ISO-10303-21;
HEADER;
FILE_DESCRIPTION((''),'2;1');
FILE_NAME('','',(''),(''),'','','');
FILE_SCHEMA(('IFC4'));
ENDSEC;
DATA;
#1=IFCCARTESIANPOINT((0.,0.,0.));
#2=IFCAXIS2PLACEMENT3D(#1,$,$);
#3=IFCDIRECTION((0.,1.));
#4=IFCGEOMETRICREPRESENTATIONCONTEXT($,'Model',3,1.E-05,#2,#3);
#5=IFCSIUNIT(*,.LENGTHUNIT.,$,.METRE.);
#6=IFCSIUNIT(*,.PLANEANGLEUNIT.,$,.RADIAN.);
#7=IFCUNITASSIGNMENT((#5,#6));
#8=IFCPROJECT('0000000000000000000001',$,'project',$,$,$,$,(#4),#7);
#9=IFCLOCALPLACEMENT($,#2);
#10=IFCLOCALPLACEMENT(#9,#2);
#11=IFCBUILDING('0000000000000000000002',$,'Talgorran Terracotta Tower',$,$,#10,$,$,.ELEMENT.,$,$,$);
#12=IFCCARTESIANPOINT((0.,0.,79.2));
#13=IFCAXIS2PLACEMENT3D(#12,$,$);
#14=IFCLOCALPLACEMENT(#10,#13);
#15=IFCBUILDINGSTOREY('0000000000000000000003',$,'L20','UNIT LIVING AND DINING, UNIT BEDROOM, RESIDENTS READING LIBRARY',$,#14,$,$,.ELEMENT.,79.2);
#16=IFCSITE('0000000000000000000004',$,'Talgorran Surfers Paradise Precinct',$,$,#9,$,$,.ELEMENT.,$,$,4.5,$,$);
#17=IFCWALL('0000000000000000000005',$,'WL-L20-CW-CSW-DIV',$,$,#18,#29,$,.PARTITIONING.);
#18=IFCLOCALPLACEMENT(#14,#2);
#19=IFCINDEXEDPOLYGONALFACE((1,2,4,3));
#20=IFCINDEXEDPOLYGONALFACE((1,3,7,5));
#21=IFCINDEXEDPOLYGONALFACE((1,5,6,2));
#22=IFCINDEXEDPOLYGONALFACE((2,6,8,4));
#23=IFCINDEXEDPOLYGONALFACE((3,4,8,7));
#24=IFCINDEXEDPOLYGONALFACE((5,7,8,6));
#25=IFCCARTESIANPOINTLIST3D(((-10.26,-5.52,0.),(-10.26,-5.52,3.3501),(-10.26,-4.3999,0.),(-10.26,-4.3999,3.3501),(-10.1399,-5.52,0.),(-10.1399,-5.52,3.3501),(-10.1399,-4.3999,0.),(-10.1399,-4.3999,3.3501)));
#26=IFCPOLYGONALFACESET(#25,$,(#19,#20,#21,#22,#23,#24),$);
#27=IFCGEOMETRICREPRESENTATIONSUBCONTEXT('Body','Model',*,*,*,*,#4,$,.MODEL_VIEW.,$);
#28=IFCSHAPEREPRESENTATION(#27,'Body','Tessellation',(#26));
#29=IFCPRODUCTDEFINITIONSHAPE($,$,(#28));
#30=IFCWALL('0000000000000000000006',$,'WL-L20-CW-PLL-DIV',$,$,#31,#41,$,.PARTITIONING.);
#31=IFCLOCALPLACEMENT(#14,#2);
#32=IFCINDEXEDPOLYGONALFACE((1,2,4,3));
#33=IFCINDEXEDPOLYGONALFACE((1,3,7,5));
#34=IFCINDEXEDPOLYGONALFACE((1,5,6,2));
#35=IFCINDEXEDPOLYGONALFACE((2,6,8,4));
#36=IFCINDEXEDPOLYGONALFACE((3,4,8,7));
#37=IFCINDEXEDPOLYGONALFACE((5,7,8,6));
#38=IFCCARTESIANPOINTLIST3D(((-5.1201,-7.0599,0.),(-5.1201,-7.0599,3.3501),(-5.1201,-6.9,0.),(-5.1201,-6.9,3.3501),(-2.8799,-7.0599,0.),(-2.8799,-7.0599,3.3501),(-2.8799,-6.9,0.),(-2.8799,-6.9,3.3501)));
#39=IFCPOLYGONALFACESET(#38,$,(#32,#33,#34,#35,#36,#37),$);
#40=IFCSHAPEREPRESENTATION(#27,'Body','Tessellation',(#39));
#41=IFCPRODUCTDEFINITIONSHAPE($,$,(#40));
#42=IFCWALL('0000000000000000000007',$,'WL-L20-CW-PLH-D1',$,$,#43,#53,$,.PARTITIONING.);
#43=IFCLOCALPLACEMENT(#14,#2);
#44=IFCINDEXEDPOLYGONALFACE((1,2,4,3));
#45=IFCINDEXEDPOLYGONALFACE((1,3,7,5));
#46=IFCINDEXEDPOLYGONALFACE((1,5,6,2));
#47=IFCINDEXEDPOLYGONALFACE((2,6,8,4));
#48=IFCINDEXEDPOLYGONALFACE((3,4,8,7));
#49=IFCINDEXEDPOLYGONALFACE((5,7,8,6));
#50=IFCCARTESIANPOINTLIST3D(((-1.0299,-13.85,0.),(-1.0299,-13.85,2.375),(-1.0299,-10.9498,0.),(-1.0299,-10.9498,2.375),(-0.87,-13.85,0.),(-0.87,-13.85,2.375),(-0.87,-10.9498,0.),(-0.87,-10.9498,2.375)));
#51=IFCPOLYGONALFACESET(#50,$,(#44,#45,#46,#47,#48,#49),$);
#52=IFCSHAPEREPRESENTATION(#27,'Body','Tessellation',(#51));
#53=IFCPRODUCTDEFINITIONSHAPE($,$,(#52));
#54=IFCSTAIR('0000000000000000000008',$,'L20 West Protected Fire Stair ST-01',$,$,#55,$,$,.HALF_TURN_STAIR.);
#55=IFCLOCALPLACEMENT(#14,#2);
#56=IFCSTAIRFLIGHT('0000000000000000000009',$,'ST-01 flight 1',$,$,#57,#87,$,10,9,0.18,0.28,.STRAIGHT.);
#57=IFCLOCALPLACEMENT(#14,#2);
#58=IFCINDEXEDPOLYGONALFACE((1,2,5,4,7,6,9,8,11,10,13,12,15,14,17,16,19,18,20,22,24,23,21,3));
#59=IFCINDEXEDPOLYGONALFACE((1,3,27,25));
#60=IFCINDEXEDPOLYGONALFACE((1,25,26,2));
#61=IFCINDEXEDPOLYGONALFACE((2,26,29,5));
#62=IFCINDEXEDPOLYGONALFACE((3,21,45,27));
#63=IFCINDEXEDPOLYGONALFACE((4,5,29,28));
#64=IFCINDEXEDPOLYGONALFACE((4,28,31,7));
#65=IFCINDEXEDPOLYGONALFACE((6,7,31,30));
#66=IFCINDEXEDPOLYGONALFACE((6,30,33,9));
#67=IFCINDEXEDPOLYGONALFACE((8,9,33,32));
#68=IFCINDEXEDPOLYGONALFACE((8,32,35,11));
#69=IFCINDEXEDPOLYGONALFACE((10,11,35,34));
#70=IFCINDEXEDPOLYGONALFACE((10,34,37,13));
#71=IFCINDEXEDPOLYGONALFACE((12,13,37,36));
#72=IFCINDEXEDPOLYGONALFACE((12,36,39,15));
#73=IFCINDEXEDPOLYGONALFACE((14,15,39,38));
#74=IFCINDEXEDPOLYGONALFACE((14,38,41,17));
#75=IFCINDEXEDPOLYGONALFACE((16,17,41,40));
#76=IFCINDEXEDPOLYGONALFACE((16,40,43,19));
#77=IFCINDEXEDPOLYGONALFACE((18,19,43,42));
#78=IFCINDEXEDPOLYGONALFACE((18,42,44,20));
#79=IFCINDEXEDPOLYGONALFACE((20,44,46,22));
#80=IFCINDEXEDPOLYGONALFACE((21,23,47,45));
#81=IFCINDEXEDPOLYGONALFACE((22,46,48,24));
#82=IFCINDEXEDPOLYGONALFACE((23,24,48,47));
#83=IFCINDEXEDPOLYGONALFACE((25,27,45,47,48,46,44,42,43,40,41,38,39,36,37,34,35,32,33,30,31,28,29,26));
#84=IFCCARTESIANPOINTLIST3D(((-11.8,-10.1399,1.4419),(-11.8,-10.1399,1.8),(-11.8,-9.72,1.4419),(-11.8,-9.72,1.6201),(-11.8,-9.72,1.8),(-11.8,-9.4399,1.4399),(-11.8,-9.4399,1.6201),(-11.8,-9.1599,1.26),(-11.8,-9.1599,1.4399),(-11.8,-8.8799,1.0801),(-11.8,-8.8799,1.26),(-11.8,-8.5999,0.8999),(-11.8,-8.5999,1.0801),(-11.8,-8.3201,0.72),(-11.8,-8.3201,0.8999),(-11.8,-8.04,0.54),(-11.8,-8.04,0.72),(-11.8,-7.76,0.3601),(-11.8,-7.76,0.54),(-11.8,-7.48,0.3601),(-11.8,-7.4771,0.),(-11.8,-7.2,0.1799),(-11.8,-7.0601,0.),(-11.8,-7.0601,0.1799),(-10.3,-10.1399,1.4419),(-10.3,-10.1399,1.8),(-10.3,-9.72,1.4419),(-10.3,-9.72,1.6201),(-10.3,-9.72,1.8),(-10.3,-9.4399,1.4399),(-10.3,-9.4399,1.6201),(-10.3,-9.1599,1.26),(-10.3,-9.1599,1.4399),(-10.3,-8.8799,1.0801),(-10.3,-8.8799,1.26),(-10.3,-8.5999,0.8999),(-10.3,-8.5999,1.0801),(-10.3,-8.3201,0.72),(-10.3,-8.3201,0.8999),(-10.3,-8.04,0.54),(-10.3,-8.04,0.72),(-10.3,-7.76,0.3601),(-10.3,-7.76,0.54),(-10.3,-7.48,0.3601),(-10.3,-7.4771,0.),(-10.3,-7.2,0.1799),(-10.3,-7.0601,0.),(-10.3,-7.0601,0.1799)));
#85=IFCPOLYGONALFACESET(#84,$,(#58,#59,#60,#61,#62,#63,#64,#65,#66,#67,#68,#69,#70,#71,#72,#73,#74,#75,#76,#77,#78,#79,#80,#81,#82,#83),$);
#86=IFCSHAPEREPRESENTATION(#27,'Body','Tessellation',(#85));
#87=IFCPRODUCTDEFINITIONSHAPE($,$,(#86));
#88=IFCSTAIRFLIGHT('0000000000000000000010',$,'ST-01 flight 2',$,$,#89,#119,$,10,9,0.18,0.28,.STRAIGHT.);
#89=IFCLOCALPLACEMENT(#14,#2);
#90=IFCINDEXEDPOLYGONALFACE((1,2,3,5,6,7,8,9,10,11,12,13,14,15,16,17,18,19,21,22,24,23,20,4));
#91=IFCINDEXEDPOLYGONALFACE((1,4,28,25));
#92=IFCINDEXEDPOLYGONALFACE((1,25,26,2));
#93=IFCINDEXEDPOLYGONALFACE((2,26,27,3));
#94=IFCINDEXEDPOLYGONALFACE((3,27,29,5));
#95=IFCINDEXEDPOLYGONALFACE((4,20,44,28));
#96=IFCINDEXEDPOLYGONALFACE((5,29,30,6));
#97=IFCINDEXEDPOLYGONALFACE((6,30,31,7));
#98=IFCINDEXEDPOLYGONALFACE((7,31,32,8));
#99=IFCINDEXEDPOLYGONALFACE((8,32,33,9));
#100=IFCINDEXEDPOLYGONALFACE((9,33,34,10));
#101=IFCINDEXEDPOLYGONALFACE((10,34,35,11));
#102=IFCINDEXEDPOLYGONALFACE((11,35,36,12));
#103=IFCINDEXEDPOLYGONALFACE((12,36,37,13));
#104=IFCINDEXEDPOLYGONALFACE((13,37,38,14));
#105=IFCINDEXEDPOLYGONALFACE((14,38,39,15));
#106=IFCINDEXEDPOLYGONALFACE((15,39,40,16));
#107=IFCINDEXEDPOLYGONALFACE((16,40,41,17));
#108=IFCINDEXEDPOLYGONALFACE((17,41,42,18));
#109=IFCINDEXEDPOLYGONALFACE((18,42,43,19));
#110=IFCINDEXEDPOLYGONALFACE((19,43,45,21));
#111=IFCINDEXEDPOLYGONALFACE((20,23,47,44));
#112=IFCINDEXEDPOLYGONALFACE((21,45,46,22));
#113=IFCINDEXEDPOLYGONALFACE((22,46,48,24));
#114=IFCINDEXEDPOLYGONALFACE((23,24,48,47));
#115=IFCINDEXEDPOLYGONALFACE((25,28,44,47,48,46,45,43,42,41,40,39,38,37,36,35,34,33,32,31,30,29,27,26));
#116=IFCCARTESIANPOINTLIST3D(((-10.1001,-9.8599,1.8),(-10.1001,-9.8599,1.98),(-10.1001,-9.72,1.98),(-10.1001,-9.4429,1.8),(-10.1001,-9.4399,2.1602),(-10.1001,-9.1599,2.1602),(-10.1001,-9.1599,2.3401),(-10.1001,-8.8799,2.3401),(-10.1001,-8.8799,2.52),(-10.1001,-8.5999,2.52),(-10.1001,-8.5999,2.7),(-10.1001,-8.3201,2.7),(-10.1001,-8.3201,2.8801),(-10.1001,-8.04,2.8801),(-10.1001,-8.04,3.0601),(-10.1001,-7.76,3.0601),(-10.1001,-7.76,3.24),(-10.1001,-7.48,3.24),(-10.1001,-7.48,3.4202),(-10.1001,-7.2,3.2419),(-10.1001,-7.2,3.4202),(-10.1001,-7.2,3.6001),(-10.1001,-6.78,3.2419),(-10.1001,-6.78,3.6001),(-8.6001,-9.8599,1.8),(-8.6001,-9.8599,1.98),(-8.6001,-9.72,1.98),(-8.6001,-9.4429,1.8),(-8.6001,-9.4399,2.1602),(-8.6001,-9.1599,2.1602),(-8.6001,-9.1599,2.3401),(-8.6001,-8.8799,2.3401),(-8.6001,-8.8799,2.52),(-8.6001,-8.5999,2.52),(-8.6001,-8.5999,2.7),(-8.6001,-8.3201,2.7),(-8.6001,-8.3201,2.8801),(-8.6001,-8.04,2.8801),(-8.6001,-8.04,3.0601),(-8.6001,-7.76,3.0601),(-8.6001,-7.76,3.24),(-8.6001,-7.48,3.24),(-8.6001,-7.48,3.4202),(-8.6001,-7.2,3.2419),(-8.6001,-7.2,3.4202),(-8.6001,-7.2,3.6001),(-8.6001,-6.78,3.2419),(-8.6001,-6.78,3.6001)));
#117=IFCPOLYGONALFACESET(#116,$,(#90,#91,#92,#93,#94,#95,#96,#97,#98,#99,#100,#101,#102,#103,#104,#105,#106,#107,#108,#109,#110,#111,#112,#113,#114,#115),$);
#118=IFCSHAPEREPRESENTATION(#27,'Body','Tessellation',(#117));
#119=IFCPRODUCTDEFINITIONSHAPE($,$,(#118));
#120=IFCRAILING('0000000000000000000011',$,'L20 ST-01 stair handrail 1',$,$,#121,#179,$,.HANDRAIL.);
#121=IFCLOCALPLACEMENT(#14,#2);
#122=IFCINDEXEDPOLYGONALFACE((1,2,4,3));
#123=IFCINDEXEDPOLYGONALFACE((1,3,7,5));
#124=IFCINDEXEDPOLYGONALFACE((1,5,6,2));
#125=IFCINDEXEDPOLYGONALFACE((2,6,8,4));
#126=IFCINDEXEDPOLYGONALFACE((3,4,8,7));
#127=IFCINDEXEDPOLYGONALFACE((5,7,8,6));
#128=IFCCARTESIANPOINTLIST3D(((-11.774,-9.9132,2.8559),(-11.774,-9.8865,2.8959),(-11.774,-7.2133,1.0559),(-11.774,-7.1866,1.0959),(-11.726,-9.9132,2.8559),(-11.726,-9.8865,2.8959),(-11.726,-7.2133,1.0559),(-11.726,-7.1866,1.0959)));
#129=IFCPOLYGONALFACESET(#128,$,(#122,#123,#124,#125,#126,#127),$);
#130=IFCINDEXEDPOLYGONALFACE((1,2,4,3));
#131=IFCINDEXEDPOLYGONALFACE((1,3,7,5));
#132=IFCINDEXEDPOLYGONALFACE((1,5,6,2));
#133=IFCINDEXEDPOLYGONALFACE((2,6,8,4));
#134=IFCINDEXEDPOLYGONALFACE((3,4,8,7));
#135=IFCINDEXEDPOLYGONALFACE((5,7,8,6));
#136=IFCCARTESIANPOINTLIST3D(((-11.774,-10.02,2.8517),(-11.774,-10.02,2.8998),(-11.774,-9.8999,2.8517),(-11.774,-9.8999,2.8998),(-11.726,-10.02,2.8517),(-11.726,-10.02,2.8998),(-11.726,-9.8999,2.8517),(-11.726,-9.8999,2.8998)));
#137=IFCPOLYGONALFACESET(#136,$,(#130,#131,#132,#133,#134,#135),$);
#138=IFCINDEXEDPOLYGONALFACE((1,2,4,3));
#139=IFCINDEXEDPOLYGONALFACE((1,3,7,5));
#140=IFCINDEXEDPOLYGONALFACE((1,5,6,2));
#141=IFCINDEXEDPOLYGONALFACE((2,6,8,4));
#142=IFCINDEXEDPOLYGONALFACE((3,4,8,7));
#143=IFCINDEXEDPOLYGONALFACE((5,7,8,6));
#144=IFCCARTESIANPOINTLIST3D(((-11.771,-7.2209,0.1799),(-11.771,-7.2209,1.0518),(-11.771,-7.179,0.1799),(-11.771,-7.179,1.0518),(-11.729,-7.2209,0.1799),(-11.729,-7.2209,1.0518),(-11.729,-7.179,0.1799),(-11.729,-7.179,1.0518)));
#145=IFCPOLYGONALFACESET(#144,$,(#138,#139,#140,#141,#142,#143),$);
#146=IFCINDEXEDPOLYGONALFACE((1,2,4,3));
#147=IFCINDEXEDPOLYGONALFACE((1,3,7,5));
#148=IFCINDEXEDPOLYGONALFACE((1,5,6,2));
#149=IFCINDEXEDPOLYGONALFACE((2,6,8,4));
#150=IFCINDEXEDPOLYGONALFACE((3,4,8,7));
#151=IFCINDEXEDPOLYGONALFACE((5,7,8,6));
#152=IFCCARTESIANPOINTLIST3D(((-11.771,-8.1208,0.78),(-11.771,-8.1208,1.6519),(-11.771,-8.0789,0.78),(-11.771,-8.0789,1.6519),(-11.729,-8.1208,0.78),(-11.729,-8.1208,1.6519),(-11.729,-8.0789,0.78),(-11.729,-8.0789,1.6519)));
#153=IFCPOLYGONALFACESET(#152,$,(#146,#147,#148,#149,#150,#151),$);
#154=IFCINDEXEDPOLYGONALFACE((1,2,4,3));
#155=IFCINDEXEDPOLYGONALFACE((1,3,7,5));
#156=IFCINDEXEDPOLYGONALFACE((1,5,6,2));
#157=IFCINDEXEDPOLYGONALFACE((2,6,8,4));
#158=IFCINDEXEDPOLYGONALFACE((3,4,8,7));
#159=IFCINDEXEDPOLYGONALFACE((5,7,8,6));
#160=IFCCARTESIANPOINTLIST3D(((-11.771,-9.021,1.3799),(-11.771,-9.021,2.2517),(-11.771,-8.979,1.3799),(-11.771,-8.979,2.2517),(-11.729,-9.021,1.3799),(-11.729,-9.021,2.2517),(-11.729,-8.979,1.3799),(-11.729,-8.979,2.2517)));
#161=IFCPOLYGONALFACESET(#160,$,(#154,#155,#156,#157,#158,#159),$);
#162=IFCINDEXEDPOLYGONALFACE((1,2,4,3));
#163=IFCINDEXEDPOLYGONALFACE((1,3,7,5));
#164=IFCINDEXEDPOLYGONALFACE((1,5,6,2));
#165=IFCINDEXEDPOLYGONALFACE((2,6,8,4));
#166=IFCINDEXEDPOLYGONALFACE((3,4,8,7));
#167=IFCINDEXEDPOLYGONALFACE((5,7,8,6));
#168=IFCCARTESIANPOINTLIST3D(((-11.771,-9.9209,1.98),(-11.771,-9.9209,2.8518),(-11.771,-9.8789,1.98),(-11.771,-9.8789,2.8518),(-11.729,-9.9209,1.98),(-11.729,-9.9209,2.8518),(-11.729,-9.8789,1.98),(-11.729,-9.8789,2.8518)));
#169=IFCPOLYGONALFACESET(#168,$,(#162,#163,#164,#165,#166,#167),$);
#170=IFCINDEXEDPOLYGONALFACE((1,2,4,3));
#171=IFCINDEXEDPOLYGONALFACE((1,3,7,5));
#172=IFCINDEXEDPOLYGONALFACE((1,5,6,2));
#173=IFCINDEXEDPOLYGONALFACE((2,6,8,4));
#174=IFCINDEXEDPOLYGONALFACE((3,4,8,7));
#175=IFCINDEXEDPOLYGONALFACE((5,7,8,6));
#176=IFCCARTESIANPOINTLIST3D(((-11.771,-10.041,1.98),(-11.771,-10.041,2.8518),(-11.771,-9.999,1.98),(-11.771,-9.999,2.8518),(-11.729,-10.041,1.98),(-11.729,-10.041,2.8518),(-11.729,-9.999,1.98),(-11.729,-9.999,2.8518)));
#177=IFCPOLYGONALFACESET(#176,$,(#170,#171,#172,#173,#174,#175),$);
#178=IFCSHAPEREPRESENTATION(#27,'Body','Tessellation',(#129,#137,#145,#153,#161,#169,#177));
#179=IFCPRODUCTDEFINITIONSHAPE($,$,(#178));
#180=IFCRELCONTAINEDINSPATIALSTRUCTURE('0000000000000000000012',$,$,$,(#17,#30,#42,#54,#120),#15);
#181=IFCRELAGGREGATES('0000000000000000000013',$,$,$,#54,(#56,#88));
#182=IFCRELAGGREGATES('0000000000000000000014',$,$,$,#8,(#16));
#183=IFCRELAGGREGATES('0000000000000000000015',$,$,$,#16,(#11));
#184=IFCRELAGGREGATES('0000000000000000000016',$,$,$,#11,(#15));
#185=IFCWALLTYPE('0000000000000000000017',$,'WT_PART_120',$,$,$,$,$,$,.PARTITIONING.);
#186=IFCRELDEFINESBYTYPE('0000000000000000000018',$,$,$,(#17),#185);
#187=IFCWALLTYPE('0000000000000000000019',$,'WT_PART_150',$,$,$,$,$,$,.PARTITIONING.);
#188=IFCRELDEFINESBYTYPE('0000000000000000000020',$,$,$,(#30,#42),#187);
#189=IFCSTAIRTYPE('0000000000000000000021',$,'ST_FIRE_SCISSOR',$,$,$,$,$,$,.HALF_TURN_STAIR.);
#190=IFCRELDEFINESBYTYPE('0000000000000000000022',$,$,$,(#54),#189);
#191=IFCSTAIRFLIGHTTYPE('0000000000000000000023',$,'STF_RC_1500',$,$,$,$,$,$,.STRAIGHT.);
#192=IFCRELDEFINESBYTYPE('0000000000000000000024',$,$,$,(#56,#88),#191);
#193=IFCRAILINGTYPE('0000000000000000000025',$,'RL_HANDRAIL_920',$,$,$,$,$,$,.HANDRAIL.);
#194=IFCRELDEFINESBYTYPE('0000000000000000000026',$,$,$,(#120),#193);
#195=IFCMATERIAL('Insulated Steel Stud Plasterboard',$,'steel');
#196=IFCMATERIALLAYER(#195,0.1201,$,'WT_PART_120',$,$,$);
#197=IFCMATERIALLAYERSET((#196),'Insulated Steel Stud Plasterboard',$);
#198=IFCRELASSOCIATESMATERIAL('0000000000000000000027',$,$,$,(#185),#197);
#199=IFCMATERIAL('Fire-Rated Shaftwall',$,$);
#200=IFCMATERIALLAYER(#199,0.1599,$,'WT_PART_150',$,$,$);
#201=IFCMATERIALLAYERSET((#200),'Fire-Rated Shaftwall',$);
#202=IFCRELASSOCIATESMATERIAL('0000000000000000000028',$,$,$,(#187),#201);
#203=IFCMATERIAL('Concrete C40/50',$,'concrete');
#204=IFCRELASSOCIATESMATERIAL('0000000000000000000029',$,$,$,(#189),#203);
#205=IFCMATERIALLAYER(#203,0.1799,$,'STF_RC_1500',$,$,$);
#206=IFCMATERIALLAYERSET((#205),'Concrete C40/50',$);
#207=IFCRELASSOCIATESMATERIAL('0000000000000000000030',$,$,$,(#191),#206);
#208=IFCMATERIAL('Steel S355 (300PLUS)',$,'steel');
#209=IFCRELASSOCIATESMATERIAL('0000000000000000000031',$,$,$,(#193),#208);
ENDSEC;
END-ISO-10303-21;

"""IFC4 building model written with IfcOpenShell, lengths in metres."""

from ifc_helpers import new_model, si_unit, direction, frame, frame_2d, origin, origin_2d, place, context, subcontext, project, spatial, polyline, rectangle, outline, extrude, material, layer, layer_set, type_object, element, aggregate, save


model = new_model("IFC4")

# Units and contexts
model_context = context("Model", 3, precision=1e-05, world=origin(), true_north=direction((0.0, 1.0)))
body_context = subcontext(model_context, "Body", "Model", "MODEL_VIEW")
ifc_project = project(units=[si_unit("LENGTHUNIT", "METRE"), si_unit("PLANEANGLEUNIT", "RADIAN")], contexts=[model_context])

# Site, building, storey
site_placement = place(None, origin())
site = spatial("IfcSite", under=ifc_project, at=site_placement, Name="Talgorran Surfers Paradise Precinct", CompositionType="ELEMENT", RefElevation=4.5)
building_placement = place(site_placement, origin())
building = spatial("IfcBuilding", under=site, at=building_placement, Name="Talgorran Terracotta Tower", CompositionType="ELEMENT")
storey_placement = place(building_placement, frame((0.0, 0.0, 79.2)))
storey = spatial("IfcBuildingStorey", under=building, at=storey_placement, Name="L20", Description="UNIT LIVING AND DINING, UNIT BEDROOM, RESIDENTS READING LIBRARY", CompositionType="ELEMENT", Elevation=79.2)

# Shared definitions
ifc_material_1 = material(Name="Steel S355 (300PLUS)", Category="steel")

# Walls
ifc_material_2 = material(Name="Insulated Steel Stud Plasterboard", Category="steel")
ifc_layer_1 = layer(ifc_material_2, 0.1201, Name="WT_PART_120")
ifc_layer_set_1 = layer_set([ifc_layer_1], Name="Insulated Steel Stud Plasterboard")
wall_type_1 = type_object("IfcWallType", Name="WT_PART_120", PredefinedType="PARTITIONING", material=ifc_layer_set_1)
wall_1_placement = place(storey_placement, frame((-10.2, -5.52, 0.0), z_axis=(0.0, 0.0, 1.0), x_axis=(0.0, 1.0, 0.0)))
element("IfcWall", 1, at=wall_1_placement, inside=storey, type_object=wall_type_1, Name="WL-L20-CW-CSW-DIV", PredefinedType="PARTITIONING", context=body_context, shape_type="SweptSolid", body=[
    extrude(rectangle(XDim=1.1201, YDim=0.1201, at=frame_2d((0.5601, 0.0))), origin(), (0.0, 0.0, 1.0), 3.3501),
])
ifc_material_3 = material(Name="Fire-Rated Shaftwall")
ifc_layer_2 = layer(ifc_material_3, 0.1599, Name="WT_PART_150")
ifc_layer_set_2 = layer_set([ifc_layer_2], Name="Fire-Rated Shaftwall")
wall_type_2 = type_object("IfcWallType", Name="WT_PART_150", PredefinedType="PARTITIONING", material=ifc_layer_set_2)
wall_2_placement = place(storey_placement, frame((-5.1201, -6.98, 0.0), z_axis=(0.0, 0.0, 1.0), x_axis=(1.0, 0.0, 0.0)))
element("IfcWall", 2, at=wall_2_placement, inside=storey, type_object=wall_type_2, Name="WL-L20-CW-PLL-DIV", PredefinedType="PARTITIONING", context=body_context, shape_type="SweptSolid", body=[
    extrude(rectangle(XDim=2.2402, YDim=0.1599, at=frame_2d((1.1201, 0.0))), origin(), (0.0, 0.0, 1.0), 3.3501),
])
wall_3_placement = place(storey_placement, frame((-0.95, -13.8501, 0.0), z_axis=(0.0, 0.0, 1.0), x_axis=(0.0, 1.0, 0.0)))
element("IfcWall", 3, at=wall_3_placement, inside=storey, type_object=wall_type_2, Name="WL-L20-CW-PLH-D1", PredefinedType="PARTITIONING", context=body_context, shape_type="SweptSolid", body=[
    extrude(rectangle(XDim=2.9001, YDim=0.1599, at=frame_2d((1.4502, 0.0))), origin(), (0.0, 0.0, 1.0), 2.375),
])

# Stair, stair flights
ifc_material_4 = material(Name="Concrete C40/50", Category="concrete")
stair_type = type_object("IfcStairType", Name="ST_FIRE_SCISSOR", PredefinedType="HALF_TURN_STAIR", material=ifc_material_4)
stair_placement = place(storey_placement, origin())
stair = element("IfcStair", 4, at=stair_placement, inside=storey, type_object=stair_type, Name="L20 West Protected Fire Stair ST-01", PredefinedType="HALF_TURN_STAIR")
ifc_layer_3 = layer(ifc_material_4, 0.1799, Name="STF_RC_1500")
ifc_layer_set_3 = layer_set([ifc_layer_3], Name="Concrete C40/50")
stair_flight_type = type_object("IfcStairFlightType", Name="STF_RC_1500", PredefinedType="STRAIGHT", material=ifc_layer_set_3)
stair_flight_1_placement = place(storey_placement, frame((-11.05, -7.2, 0.0), z_axis=(0.0, 0.0, 1.0), x_axis=(0.0, -1.0, 0.0)))
stair_flight_1 = element("IfcStairFlight", 5, at=stair_flight_1_placement, type_object=stair_flight_type, Name="ST-01 flight 1", NumberOfRisers=10, NumberOfTreads=9, PredefinedType="STRAIGHT", RiserHeight=0.18, TreadLength=0.28, context=body_context, shape_type="SweptSolid", body=[
    extrude(outline(polyline([(-0.1399, 0.0), (-0.1399, 0.1799), (0.0, 0.1799), (0.28, 0.3601), (0.5601, 0.3601), (0.5601, 0.54), (0.8401, 0.54), (0.8401, 0.72), (1.1201, 0.72), (1.1201, 0.8999), (1.3999, 0.8999), (1.3999, 1.0801), (1.6799, 1.0801), (1.6799, 1.26), (1.96, 1.26), (1.96, 1.4399), (2.24, 1.4399), (2.24, 1.6201), (2.52, 1.6201), (2.52, 1.8), (2.9399, 1.8), (2.9399, 1.4419), (2.52, 1.4419), (0.2771, 0.0), (-0.1399, 0.0)])), frame((0.0, 0.75, 0.0), z_axis=(0.0, -1.0, 0.0), x_axis=(1.0, 0.0, 0.0)), (0.0, 0.0, 1.0), 1.5),
])
stair_flight_2_placement = place(storey_placement, frame((-9.3501, -9.72, 1.8), z_axis=(0.0, 0.0, 1.0), x_axis=(0.0, 1.0, 0.0)))
stair_flight_2 = element("IfcStairFlight", 6, at=stair_flight_2_placement, type_object=stair_flight_type, Name="ST-01 flight 2", NumberOfRisers=10, NumberOfTreads=9, PredefinedType="STRAIGHT", RiserHeight=0.18, TreadLength=0.28, context=body_context, shape_type="SweptSolid", body=[
    extrude(outline(polyline([(-0.1399, 0.0), (-0.1399, 0.1799), (0.0, 0.1799), (0.28, 0.3601), (0.5601, 0.3601), (0.5601, 0.54), (0.8401, 0.54), (0.8401, 0.72), (1.1201, 0.72), (1.1201, 0.8999), (1.3999, 0.8999), (1.3999, 1.0801), (1.6799, 1.0801), (1.6799, 1.26), (1.96, 1.26), (1.96, 1.4399), (2.24, 1.4399), (2.24, 1.6201), (2.52, 1.6201), (2.52, 1.8), (2.9399, 1.8), (2.9399, 1.4419), (2.52, 1.4419), (0.2771, 0.0), (-0.1399, 0.0)])), frame((0.0, 0.75, 0.0), z_axis=(0.0, -1.0, 0.0), x_axis=(1.0, 0.0, 0.0)), (0.0, 0.0, 1.0), 1.5),
])
aggregate(stair, [stair_flight_1, stair_flight_2])

# Railing
railing_type_1 = type_object("IfcRailingType", Name="RL_HANDRAIL_920", PredefinedType="HANDRAIL", material=ifc_material_1)
railing_1_placement = place(storey_placement, frame((-11.75, -7.2, 0.1799)))
element("IfcRailing", 7, at=railing_1_placement, inside=storey, type_object=railing_type_1, Name="L20 ST-01 stair handrail 1", PredefinedType="HANDRAIL", context=body_context, shape_type="SweptSolid", body=[
    extrude(rectangle(XDim=0.0481, YDim=0.0481, at=origin_2d()), frame((0.0, 0.0, 0.896), z_axis=(0.0, -0.832039, 0.554718), x_axis=(1.0, 0.0, 0.0)), (0.0, 0.0, 1.0), 3.2449),
    extrude(rectangle(XDim=0.0481, YDim=0.0481, at=origin_2d()), frame((0.0, -2.7, 2.6958), z_axis=(0.0, -1.0, 0.0), x_axis=(1.0, 0.0, 0.0)), (0.0, 0.0, 1.0), 0.1201),
    extrude(rectangle(XDim=0.042, YDim=0.042, at=origin_2d()), origin(), (0.0, 0.0, 1.0), 0.8718),
    extrude(rectangle(XDim=0.042, YDim=0.042, at=origin_2d()), frame((0.0, -0.8999, 0.6001)), (0.0, 0.0, 1.0), 0.8718),
    extrude(rectangle(XDim=0.042, YDim=0.042, at=origin_2d()), frame((0.0, -1.8, 1.2)), (0.0, 0.0, 1.0), 0.8718),
    extrude(rectangle(XDim=0.042, YDim=0.042, at=origin_2d()), frame((0.0, -2.7, 1.8)), (0.0, 0.0, 1.0), 0.8718),
    extrude(rectangle(XDim=0.042, YDim=0.042, at=origin_2d()), frame((0.0, -2.8201, 1.8)), (0.0, 0.0, 1.0), 0.8718),
])

save(model, "model.ifc")
